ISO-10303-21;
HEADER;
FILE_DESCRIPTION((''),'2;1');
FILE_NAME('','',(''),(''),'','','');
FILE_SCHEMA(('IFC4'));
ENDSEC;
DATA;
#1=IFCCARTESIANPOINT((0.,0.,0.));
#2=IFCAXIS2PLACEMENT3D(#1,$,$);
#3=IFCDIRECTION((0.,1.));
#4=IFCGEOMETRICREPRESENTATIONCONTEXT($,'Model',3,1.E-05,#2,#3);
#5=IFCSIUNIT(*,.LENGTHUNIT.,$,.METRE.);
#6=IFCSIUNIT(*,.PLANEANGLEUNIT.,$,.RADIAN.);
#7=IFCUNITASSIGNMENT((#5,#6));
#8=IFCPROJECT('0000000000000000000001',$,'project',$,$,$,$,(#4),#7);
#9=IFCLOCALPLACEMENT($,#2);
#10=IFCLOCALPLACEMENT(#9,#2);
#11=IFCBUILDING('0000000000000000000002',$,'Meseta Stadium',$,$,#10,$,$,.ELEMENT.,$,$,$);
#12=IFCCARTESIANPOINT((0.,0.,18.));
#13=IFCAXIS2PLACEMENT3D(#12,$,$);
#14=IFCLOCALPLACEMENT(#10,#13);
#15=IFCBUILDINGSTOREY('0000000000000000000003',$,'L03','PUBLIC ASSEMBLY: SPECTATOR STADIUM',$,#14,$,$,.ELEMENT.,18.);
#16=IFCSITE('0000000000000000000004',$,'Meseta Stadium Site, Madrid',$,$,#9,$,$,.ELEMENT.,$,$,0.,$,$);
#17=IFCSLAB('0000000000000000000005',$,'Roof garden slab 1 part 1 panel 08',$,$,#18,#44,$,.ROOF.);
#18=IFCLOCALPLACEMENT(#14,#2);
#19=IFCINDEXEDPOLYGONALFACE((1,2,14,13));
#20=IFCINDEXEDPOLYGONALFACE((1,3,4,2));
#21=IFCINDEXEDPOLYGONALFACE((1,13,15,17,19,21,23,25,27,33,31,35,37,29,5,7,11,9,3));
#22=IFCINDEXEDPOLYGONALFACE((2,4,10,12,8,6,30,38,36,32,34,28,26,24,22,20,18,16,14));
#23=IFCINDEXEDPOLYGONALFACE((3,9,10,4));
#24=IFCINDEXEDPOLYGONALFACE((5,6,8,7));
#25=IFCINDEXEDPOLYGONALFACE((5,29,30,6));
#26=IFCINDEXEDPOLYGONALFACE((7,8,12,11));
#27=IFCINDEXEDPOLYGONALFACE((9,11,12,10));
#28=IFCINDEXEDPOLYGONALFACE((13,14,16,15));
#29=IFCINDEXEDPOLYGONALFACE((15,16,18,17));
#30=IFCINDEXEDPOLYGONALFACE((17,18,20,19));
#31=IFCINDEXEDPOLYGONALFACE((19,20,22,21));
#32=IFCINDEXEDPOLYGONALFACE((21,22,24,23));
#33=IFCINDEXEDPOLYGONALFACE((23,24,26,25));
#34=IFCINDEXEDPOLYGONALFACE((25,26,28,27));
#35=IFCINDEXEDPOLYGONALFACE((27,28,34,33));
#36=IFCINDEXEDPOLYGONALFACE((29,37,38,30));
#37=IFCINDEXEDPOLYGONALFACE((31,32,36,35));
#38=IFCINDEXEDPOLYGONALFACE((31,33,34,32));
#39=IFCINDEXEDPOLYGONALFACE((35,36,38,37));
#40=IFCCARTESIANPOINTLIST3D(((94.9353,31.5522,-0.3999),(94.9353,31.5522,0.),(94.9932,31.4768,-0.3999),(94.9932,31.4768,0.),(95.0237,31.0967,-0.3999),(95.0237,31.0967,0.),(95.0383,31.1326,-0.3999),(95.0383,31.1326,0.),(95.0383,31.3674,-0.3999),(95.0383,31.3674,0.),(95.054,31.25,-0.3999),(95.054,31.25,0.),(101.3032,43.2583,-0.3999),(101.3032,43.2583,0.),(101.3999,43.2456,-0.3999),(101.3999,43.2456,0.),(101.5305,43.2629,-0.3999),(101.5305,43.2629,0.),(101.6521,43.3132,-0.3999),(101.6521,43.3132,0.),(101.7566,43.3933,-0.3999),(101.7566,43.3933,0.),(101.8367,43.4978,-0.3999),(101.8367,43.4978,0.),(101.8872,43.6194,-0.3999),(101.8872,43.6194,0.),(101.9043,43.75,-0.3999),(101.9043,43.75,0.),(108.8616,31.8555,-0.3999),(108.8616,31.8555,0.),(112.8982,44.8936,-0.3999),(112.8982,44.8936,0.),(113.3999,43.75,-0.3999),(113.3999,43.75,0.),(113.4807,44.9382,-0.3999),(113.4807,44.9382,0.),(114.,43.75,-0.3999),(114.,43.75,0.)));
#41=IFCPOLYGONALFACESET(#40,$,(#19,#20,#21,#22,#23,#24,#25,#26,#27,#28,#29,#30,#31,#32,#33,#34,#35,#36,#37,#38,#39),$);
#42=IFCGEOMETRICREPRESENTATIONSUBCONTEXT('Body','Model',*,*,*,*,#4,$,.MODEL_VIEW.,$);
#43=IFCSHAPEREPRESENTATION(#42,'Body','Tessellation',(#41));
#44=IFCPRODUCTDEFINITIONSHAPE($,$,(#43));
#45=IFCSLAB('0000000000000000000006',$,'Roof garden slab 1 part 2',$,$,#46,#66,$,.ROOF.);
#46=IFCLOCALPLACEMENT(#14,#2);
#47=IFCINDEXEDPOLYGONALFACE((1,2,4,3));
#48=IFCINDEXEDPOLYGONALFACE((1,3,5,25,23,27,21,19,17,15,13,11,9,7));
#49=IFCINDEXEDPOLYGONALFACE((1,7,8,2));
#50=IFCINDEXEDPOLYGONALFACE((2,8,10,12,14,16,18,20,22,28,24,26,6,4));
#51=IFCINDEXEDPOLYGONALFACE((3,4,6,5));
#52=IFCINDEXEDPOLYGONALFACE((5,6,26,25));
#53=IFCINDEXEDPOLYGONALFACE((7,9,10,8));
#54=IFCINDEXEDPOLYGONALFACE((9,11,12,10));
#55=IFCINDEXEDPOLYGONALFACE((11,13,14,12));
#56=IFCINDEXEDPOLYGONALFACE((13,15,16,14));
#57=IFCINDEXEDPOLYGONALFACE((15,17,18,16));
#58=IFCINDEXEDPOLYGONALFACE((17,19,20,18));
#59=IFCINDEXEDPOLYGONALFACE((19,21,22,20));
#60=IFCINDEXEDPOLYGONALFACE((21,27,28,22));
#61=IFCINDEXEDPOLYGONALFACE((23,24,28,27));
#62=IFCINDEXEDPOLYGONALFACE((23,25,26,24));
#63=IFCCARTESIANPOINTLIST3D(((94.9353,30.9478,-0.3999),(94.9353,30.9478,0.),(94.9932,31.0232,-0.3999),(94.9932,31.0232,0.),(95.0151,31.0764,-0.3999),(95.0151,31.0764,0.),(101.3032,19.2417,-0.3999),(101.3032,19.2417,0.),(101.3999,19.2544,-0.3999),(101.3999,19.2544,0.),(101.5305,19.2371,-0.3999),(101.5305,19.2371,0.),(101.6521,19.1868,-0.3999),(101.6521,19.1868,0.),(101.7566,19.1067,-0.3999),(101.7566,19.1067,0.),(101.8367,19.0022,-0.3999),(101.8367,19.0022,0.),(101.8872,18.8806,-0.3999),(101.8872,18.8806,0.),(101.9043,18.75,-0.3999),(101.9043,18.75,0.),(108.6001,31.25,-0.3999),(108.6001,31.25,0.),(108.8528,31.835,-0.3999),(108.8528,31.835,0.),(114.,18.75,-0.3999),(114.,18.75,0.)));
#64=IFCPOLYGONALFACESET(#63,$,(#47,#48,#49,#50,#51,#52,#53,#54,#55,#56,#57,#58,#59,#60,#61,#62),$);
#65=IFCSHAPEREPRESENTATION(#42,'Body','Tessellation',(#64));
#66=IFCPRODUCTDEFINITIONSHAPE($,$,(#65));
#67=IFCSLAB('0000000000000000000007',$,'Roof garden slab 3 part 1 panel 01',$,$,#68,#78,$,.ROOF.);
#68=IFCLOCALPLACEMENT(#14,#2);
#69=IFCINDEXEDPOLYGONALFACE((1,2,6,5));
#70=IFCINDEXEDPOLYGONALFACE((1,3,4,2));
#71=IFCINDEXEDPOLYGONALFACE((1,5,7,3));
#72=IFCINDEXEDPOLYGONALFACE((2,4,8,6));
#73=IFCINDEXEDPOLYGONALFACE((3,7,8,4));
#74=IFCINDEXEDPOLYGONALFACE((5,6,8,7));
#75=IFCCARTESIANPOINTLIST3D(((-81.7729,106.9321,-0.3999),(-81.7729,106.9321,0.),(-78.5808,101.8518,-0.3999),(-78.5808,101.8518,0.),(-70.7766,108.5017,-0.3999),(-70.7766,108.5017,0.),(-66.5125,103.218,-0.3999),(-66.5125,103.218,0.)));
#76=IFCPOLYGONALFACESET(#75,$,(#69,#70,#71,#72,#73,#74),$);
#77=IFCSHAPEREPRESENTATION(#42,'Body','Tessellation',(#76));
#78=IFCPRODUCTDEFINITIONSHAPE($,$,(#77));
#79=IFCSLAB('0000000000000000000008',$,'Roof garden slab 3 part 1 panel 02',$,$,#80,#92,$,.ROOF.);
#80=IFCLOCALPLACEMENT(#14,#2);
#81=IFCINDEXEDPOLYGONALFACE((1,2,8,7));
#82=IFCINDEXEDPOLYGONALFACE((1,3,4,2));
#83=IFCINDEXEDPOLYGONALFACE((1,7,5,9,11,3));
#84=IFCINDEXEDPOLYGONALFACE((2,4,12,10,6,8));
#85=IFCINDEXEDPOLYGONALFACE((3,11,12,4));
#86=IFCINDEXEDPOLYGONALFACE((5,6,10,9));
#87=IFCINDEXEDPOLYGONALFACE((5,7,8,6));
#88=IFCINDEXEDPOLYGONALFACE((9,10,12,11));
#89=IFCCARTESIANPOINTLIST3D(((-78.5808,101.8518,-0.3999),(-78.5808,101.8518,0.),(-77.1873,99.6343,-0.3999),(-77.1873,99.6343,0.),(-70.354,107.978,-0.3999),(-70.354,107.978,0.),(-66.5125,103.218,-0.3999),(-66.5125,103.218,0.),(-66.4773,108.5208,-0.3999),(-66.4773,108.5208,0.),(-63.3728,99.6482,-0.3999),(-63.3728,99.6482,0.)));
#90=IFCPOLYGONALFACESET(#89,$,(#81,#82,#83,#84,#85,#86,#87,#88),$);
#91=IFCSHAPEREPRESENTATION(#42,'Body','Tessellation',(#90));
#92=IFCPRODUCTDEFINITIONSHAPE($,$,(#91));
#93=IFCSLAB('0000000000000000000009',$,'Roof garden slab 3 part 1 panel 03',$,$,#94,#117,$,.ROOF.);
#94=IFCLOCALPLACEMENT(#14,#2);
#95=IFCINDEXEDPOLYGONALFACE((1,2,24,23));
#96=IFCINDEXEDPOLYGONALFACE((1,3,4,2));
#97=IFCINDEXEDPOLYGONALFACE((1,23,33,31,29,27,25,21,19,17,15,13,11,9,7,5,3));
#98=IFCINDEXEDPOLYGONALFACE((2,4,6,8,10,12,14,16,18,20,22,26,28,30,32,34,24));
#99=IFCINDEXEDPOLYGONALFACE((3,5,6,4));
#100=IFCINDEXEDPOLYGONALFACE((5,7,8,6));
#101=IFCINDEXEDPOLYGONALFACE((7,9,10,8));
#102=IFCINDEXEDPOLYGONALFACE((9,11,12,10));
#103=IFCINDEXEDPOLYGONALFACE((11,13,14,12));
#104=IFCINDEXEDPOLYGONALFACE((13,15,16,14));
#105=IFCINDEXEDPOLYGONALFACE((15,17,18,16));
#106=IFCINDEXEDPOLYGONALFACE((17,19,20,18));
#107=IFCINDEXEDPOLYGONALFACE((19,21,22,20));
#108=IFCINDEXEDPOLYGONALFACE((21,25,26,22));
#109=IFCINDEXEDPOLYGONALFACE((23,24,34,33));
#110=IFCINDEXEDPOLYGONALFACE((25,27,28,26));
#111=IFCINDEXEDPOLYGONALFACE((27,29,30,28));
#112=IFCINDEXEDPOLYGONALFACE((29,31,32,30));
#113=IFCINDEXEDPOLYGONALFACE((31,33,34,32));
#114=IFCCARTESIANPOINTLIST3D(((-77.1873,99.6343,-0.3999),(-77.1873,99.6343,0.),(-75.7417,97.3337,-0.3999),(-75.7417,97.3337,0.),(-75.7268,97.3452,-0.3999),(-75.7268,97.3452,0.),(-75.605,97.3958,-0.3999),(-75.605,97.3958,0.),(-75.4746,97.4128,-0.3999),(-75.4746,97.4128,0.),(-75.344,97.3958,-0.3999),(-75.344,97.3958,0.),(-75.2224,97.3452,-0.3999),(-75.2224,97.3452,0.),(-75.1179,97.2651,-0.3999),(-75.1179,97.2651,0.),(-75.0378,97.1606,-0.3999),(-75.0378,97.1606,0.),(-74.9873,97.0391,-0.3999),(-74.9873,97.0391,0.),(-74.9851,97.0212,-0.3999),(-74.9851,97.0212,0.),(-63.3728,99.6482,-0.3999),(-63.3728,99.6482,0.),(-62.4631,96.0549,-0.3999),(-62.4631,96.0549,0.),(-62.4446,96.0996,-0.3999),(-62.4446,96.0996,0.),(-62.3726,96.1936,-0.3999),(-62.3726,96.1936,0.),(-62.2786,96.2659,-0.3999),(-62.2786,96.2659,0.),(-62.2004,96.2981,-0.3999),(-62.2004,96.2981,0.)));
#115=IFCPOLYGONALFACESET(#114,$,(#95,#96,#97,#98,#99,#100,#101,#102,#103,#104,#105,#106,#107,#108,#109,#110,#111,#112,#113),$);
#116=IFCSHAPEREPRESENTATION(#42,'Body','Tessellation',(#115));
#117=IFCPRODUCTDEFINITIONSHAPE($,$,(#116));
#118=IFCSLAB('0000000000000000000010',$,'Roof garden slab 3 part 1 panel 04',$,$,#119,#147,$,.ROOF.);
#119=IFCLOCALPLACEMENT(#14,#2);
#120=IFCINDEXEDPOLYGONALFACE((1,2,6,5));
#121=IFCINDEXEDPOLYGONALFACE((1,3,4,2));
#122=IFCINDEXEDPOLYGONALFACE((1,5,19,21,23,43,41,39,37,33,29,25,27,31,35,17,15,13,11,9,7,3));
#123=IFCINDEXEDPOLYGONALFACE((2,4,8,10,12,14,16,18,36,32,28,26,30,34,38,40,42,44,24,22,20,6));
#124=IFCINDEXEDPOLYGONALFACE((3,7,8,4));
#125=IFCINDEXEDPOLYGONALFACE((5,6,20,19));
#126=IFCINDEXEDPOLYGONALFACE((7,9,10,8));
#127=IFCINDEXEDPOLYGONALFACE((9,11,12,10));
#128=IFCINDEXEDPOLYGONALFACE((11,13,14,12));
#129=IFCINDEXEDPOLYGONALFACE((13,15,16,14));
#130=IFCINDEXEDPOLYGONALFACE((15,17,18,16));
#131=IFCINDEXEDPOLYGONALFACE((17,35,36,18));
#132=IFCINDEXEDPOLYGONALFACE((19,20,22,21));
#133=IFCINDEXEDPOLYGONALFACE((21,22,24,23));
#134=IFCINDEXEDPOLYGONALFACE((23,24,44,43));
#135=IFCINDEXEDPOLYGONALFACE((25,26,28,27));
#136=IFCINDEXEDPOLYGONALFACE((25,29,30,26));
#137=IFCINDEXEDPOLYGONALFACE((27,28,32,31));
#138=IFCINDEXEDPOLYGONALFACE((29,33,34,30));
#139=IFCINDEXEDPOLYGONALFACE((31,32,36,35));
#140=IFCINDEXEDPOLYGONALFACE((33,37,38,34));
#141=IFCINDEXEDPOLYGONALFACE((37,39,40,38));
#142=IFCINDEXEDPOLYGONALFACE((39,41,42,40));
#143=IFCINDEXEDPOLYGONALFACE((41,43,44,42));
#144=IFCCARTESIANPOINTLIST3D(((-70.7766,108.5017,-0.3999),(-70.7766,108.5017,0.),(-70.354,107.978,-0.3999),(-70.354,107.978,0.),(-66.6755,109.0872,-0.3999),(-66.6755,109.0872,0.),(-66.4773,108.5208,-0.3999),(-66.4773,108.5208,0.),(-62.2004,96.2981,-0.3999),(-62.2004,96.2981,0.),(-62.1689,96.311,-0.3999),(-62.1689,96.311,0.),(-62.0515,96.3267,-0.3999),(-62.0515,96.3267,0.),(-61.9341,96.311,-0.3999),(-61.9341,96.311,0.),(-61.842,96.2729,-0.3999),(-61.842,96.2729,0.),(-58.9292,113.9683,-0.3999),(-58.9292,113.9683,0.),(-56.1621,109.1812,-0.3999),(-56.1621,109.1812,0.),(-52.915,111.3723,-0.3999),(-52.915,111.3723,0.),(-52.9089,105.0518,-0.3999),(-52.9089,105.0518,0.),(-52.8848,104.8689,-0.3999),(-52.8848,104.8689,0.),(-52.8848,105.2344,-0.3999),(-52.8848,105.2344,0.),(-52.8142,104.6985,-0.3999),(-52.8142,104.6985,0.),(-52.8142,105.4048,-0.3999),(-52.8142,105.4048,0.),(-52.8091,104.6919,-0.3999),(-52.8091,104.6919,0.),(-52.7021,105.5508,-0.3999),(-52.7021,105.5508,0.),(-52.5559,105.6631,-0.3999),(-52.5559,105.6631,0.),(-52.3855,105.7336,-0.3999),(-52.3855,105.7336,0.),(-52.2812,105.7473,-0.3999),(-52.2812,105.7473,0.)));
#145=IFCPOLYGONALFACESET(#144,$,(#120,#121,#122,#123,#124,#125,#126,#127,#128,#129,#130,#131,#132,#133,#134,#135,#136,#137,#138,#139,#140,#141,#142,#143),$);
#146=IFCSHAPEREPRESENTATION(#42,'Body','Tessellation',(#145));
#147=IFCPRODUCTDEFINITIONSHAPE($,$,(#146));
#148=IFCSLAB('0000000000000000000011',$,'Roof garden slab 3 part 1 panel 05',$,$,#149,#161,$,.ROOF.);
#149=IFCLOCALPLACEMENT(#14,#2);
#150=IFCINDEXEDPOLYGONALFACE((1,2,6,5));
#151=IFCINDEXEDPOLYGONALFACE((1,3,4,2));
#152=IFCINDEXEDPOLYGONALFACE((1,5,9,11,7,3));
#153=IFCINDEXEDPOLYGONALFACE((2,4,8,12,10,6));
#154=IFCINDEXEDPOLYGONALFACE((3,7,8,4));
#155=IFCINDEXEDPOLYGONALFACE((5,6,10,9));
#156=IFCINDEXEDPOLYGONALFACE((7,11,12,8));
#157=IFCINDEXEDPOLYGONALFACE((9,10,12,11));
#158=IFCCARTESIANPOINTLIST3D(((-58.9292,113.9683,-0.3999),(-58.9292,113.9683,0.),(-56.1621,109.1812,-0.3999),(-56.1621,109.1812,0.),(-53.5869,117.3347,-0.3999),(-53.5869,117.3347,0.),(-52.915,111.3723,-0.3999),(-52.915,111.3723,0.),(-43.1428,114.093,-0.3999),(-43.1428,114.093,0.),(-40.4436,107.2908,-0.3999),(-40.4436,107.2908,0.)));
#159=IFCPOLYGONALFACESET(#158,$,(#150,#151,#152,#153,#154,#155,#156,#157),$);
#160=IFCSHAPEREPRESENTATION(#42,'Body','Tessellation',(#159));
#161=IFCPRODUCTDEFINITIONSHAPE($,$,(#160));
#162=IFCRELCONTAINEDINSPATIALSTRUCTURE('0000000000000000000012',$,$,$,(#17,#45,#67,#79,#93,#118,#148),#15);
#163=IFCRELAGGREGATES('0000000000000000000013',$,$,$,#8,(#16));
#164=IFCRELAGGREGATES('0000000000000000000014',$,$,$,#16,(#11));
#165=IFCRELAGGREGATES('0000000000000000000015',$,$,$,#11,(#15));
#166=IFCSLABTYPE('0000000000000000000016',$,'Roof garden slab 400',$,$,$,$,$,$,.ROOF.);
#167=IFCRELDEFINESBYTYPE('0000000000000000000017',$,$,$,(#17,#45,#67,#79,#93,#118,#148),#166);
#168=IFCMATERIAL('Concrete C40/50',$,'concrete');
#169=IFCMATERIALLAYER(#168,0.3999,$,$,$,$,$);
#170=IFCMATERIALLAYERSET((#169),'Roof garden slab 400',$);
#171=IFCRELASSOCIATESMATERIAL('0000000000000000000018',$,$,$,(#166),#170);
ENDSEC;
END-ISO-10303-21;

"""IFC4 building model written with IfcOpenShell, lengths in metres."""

from ifc_helpers import new_model, si_unit, direction, frame, origin, place, context, subcontext, project, spatial, polyline, outline, extrude, material, layer, layer_set, type_object, element, save


model = new_model("IFC4")

# Units and contexts
model_context = context("Model", 3, precision=1e-05, world=origin(), true_north=direction((0.0, 1.0)))
body_context = subcontext(model_context, "Body", "Model", "MODEL_VIEW")
ifc_project = project(units=[si_unit("LENGTHUNIT", "METRE"), si_unit("PLANEANGLEUNIT", "RADIAN")], contexts=[model_context])

# Site, building, storey
site_placement = place(None, origin())
site = spatial("IfcSite", under=ifc_project, at=site_placement, Name="Meseta Stadium Site, Madrid", CompositionType="ELEMENT", RefElevation=0.0)
building_placement = place(site_placement, origin())
building = spatial("IfcBuilding", under=site, at=building_placement, Name="Meseta Stadium", CompositionType="ELEMENT")
storey_placement = place(building_placement, frame((0.0, 0.0, 18.0)))
storey = spatial("IfcBuildingStorey", under=building, at=storey_placement, Name="L03", Description="PUBLIC ASSEMBLY: SPECTATOR STADIUM", CompositionType="ELEMENT", Elevation=18.0)

# Slabs
ifc_material = material(Name="Concrete C40/50", Category="concrete")
ifc_layer = layer(ifc_material, 0.3999)
ifc_layer_set = layer_set([ifc_layer], Name="Roof garden slab 400")
slab_type = type_object("IfcSlabType", Name="Roof garden slab 400", PredefinedType="ROOF", material=ifc_layer_set)
slab_1_placement = place(storey_placement, frame((0.0, 0.0, -0.3999)))
element("IfcSlab", 1, at=slab_1_placement, inside=storey, type_object=slab_type, Name="Roof garden slab 1 part 1 panel 08", PredefinedType="ROOF", context=body_context, shape_type="SweptSolid", body=[
    extrude(outline(polyline([(101.6521, 43.3132), (101.5305, 43.2629), (101.3999, 43.2456), (101.3032, 43.2583), (94.9353, 31.5522), (94.9932, 31.4768), (95.0383, 31.3674), (95.054, 31.25), (95.0383, 31.1326), (95.0237, 31.0967), (108.8616, 31.8555), (114.0, 43.75), (113.4807, 44.9382), (112.8982, 44.8936), (113.3999, 43.75), (101.9043, 43.75), (101.8872, 43.6194), (101.8367, 43.4978), (101.7566, 43.3933), (101.6521, 43.3132)])), origin(), (0.0, 0.0, 1.0), 0.3999),
])
slab_2_placement = place(storey_placement, frame((0.0, 0.0, -0.3999)))
element("IfcSlab", 2, at=slab_2_placement, inside=storey, type_object=slab_type, Name="Roof garden slab 1 part 2", PredefinedType="ROOF", context=body_context, shape_type="SweptSolid", body=[
    extrude(outline(polyline([(108.6001, 31.25), (108.8528, 31.835), (95.0151, 31.0764), (94.9932, 31.0232), (94.9353, 30.9478), (101.3032, 19.2417), (101.3999, 19.2544), (101.5305, 19.2371), (101.6521, 19.1868), (101.7566, 19.1067), (101.8367, 19.0022), (101.8872, 18.8806), (101.9043, 18.75), (114.0, 18.75), (108.6001, 31.25)])), origin(), (0.0, 0.0, 1.0), 0.3999),
])
slab_3_placement = place(storey_placement, frame((0.0, 0.0, -0.3999)))
element("IfcSlab", 3, at=slab_3_placement, inside=storey, type_object=slab_type, Name="Roof garden slab 3 part 1 panel 01", PredefinedType="ROOF", context=body_context, shape_type="SweptSolid", body=[
    extrude(outline(polyline([(-78.5808, 101.8518), (-66.5125, 103.218), (-70.7766, 108.5017), (-81.7729, 106.9321), (-78.5808, 101.8518)])), origin(), (0.0, 0.0, 1.0), 0.3999),
])
slab_4_placement = place(storey_placement, frame((0.0, 0.0, -0.3999)))
element("IfcSlab", 4, at=slab_4_placement, inside=storey, type_object=slab_type, Name="Roof garden slab 3 part 1 panel 02", PredefinedType="ROOF", context=body_context, shape_type="SweptSolid", body=[
    extrude(outline(polyline([(-77.1873, 99.6343), (-63.3728, 99.6482), (-66.4773, 108.5208), (-70.354, 107.978), (-66.5125, 103.218), (-78.5808, 101.8518), (-77.1873, 99.6343)])), origin(), (0.0, 0.0, 1.0), 0.3999),
])
slab_5_placement = place(storey_placement, frame((0.0, 0.0, -0.3999)))
element("IfcSlab", 5, at=slab_5_placement, inside=storey, type_object=slab_type, Name="Roof garden slab 3 part 1 panel 03", PredefinedType="ROOF", context=body_context, shape_type="SweptSolid", body=[
    extrude(outline(polyline([(-62.2786, 96.2659), (-62.2004, 96.2981), (-63.3728, 99.6482), (-77.1873, 99.6343), (-75.7417, 97.3337), (-75.7268, 97.3452), (-75.605, 97.3958), (-75.4746, 97.4128), (-75.344, 97.3958), (-75.2224, 97.3452), (-75.1179, 97.2651), (-75.0378, 97.1606), (-74.9873, 97.0391), (-74.9851, 97.0212), (-62.4631, 96.0549), (-62.4446, 96.0996), (-62.3726, 96.1936), (-62.2786, 96.2659)])), origin(), (0.0, 0.0, 1.0), 0.3999),
])
slab_6_placement = place(storey_placement, frame((0.0, 0.0, -0.3999)))
element("IfcSlab", 6, at=slab_6_placement, inside=storey, type_object=slab_type, Name="Roof garden slab 3 part 1 panel 04", PredefinedType="ROOF", context=body_context, shape_type="SweptSolid", body=[
    extrude(outline(polyline([(-62.1689, 96.311), (-62.0515, 96.3267), (-61.9341, 96.311), (-61.842, 96.2729), (-52.8091, 104.6919), (-52.8142, 104.6985), (-52.8848, 104.8689), (-52.9089, 105.0518), (-52.8848, 105.2344), (-52.8142, 105.4048), (-52.7021, 105.5508), (-52.5559, 105.6631), (-52.3855, 105.7336), (-52.2812, 105.7473), (-52.915, 111.3723), (-56.1621, 109.1812), (-58.9292, 113.9683), (-66.6755, 109.0872), (-70.7766, 108.5017), (-70.354, 107.978), (-66.4773, 108.5208), (-62.2004, 96.2981), (-62.1689, 96.311)])), origin(), (0.0, 0.0, 1.0), 0.3999),
])
slab_7_placement = place(storey_placement, frame((0.0, 0.0, -0.3999)))
element("IfcSlab", 7, at=slab_7_placement, inside=storey, type_object=slab_type, Name="Roof garden slab 3 part 1 panel 05", PredefinedType="ROOF", context=body_context, shape_type="SweptSolid", body=[
    extrude(outline(polyline([(-43.1428, 114.093), (-53.5869, 117.3347), (-58.9292, 113.9683), (-56.1621, 109.1812), (-52.915, 111.3723), (-40.4436, 107.2908), (-43.1428, 114.093)])), origin(), (0.0, 0.0, 1.0), 0.3999),
])

save(model, "model.ifc")
